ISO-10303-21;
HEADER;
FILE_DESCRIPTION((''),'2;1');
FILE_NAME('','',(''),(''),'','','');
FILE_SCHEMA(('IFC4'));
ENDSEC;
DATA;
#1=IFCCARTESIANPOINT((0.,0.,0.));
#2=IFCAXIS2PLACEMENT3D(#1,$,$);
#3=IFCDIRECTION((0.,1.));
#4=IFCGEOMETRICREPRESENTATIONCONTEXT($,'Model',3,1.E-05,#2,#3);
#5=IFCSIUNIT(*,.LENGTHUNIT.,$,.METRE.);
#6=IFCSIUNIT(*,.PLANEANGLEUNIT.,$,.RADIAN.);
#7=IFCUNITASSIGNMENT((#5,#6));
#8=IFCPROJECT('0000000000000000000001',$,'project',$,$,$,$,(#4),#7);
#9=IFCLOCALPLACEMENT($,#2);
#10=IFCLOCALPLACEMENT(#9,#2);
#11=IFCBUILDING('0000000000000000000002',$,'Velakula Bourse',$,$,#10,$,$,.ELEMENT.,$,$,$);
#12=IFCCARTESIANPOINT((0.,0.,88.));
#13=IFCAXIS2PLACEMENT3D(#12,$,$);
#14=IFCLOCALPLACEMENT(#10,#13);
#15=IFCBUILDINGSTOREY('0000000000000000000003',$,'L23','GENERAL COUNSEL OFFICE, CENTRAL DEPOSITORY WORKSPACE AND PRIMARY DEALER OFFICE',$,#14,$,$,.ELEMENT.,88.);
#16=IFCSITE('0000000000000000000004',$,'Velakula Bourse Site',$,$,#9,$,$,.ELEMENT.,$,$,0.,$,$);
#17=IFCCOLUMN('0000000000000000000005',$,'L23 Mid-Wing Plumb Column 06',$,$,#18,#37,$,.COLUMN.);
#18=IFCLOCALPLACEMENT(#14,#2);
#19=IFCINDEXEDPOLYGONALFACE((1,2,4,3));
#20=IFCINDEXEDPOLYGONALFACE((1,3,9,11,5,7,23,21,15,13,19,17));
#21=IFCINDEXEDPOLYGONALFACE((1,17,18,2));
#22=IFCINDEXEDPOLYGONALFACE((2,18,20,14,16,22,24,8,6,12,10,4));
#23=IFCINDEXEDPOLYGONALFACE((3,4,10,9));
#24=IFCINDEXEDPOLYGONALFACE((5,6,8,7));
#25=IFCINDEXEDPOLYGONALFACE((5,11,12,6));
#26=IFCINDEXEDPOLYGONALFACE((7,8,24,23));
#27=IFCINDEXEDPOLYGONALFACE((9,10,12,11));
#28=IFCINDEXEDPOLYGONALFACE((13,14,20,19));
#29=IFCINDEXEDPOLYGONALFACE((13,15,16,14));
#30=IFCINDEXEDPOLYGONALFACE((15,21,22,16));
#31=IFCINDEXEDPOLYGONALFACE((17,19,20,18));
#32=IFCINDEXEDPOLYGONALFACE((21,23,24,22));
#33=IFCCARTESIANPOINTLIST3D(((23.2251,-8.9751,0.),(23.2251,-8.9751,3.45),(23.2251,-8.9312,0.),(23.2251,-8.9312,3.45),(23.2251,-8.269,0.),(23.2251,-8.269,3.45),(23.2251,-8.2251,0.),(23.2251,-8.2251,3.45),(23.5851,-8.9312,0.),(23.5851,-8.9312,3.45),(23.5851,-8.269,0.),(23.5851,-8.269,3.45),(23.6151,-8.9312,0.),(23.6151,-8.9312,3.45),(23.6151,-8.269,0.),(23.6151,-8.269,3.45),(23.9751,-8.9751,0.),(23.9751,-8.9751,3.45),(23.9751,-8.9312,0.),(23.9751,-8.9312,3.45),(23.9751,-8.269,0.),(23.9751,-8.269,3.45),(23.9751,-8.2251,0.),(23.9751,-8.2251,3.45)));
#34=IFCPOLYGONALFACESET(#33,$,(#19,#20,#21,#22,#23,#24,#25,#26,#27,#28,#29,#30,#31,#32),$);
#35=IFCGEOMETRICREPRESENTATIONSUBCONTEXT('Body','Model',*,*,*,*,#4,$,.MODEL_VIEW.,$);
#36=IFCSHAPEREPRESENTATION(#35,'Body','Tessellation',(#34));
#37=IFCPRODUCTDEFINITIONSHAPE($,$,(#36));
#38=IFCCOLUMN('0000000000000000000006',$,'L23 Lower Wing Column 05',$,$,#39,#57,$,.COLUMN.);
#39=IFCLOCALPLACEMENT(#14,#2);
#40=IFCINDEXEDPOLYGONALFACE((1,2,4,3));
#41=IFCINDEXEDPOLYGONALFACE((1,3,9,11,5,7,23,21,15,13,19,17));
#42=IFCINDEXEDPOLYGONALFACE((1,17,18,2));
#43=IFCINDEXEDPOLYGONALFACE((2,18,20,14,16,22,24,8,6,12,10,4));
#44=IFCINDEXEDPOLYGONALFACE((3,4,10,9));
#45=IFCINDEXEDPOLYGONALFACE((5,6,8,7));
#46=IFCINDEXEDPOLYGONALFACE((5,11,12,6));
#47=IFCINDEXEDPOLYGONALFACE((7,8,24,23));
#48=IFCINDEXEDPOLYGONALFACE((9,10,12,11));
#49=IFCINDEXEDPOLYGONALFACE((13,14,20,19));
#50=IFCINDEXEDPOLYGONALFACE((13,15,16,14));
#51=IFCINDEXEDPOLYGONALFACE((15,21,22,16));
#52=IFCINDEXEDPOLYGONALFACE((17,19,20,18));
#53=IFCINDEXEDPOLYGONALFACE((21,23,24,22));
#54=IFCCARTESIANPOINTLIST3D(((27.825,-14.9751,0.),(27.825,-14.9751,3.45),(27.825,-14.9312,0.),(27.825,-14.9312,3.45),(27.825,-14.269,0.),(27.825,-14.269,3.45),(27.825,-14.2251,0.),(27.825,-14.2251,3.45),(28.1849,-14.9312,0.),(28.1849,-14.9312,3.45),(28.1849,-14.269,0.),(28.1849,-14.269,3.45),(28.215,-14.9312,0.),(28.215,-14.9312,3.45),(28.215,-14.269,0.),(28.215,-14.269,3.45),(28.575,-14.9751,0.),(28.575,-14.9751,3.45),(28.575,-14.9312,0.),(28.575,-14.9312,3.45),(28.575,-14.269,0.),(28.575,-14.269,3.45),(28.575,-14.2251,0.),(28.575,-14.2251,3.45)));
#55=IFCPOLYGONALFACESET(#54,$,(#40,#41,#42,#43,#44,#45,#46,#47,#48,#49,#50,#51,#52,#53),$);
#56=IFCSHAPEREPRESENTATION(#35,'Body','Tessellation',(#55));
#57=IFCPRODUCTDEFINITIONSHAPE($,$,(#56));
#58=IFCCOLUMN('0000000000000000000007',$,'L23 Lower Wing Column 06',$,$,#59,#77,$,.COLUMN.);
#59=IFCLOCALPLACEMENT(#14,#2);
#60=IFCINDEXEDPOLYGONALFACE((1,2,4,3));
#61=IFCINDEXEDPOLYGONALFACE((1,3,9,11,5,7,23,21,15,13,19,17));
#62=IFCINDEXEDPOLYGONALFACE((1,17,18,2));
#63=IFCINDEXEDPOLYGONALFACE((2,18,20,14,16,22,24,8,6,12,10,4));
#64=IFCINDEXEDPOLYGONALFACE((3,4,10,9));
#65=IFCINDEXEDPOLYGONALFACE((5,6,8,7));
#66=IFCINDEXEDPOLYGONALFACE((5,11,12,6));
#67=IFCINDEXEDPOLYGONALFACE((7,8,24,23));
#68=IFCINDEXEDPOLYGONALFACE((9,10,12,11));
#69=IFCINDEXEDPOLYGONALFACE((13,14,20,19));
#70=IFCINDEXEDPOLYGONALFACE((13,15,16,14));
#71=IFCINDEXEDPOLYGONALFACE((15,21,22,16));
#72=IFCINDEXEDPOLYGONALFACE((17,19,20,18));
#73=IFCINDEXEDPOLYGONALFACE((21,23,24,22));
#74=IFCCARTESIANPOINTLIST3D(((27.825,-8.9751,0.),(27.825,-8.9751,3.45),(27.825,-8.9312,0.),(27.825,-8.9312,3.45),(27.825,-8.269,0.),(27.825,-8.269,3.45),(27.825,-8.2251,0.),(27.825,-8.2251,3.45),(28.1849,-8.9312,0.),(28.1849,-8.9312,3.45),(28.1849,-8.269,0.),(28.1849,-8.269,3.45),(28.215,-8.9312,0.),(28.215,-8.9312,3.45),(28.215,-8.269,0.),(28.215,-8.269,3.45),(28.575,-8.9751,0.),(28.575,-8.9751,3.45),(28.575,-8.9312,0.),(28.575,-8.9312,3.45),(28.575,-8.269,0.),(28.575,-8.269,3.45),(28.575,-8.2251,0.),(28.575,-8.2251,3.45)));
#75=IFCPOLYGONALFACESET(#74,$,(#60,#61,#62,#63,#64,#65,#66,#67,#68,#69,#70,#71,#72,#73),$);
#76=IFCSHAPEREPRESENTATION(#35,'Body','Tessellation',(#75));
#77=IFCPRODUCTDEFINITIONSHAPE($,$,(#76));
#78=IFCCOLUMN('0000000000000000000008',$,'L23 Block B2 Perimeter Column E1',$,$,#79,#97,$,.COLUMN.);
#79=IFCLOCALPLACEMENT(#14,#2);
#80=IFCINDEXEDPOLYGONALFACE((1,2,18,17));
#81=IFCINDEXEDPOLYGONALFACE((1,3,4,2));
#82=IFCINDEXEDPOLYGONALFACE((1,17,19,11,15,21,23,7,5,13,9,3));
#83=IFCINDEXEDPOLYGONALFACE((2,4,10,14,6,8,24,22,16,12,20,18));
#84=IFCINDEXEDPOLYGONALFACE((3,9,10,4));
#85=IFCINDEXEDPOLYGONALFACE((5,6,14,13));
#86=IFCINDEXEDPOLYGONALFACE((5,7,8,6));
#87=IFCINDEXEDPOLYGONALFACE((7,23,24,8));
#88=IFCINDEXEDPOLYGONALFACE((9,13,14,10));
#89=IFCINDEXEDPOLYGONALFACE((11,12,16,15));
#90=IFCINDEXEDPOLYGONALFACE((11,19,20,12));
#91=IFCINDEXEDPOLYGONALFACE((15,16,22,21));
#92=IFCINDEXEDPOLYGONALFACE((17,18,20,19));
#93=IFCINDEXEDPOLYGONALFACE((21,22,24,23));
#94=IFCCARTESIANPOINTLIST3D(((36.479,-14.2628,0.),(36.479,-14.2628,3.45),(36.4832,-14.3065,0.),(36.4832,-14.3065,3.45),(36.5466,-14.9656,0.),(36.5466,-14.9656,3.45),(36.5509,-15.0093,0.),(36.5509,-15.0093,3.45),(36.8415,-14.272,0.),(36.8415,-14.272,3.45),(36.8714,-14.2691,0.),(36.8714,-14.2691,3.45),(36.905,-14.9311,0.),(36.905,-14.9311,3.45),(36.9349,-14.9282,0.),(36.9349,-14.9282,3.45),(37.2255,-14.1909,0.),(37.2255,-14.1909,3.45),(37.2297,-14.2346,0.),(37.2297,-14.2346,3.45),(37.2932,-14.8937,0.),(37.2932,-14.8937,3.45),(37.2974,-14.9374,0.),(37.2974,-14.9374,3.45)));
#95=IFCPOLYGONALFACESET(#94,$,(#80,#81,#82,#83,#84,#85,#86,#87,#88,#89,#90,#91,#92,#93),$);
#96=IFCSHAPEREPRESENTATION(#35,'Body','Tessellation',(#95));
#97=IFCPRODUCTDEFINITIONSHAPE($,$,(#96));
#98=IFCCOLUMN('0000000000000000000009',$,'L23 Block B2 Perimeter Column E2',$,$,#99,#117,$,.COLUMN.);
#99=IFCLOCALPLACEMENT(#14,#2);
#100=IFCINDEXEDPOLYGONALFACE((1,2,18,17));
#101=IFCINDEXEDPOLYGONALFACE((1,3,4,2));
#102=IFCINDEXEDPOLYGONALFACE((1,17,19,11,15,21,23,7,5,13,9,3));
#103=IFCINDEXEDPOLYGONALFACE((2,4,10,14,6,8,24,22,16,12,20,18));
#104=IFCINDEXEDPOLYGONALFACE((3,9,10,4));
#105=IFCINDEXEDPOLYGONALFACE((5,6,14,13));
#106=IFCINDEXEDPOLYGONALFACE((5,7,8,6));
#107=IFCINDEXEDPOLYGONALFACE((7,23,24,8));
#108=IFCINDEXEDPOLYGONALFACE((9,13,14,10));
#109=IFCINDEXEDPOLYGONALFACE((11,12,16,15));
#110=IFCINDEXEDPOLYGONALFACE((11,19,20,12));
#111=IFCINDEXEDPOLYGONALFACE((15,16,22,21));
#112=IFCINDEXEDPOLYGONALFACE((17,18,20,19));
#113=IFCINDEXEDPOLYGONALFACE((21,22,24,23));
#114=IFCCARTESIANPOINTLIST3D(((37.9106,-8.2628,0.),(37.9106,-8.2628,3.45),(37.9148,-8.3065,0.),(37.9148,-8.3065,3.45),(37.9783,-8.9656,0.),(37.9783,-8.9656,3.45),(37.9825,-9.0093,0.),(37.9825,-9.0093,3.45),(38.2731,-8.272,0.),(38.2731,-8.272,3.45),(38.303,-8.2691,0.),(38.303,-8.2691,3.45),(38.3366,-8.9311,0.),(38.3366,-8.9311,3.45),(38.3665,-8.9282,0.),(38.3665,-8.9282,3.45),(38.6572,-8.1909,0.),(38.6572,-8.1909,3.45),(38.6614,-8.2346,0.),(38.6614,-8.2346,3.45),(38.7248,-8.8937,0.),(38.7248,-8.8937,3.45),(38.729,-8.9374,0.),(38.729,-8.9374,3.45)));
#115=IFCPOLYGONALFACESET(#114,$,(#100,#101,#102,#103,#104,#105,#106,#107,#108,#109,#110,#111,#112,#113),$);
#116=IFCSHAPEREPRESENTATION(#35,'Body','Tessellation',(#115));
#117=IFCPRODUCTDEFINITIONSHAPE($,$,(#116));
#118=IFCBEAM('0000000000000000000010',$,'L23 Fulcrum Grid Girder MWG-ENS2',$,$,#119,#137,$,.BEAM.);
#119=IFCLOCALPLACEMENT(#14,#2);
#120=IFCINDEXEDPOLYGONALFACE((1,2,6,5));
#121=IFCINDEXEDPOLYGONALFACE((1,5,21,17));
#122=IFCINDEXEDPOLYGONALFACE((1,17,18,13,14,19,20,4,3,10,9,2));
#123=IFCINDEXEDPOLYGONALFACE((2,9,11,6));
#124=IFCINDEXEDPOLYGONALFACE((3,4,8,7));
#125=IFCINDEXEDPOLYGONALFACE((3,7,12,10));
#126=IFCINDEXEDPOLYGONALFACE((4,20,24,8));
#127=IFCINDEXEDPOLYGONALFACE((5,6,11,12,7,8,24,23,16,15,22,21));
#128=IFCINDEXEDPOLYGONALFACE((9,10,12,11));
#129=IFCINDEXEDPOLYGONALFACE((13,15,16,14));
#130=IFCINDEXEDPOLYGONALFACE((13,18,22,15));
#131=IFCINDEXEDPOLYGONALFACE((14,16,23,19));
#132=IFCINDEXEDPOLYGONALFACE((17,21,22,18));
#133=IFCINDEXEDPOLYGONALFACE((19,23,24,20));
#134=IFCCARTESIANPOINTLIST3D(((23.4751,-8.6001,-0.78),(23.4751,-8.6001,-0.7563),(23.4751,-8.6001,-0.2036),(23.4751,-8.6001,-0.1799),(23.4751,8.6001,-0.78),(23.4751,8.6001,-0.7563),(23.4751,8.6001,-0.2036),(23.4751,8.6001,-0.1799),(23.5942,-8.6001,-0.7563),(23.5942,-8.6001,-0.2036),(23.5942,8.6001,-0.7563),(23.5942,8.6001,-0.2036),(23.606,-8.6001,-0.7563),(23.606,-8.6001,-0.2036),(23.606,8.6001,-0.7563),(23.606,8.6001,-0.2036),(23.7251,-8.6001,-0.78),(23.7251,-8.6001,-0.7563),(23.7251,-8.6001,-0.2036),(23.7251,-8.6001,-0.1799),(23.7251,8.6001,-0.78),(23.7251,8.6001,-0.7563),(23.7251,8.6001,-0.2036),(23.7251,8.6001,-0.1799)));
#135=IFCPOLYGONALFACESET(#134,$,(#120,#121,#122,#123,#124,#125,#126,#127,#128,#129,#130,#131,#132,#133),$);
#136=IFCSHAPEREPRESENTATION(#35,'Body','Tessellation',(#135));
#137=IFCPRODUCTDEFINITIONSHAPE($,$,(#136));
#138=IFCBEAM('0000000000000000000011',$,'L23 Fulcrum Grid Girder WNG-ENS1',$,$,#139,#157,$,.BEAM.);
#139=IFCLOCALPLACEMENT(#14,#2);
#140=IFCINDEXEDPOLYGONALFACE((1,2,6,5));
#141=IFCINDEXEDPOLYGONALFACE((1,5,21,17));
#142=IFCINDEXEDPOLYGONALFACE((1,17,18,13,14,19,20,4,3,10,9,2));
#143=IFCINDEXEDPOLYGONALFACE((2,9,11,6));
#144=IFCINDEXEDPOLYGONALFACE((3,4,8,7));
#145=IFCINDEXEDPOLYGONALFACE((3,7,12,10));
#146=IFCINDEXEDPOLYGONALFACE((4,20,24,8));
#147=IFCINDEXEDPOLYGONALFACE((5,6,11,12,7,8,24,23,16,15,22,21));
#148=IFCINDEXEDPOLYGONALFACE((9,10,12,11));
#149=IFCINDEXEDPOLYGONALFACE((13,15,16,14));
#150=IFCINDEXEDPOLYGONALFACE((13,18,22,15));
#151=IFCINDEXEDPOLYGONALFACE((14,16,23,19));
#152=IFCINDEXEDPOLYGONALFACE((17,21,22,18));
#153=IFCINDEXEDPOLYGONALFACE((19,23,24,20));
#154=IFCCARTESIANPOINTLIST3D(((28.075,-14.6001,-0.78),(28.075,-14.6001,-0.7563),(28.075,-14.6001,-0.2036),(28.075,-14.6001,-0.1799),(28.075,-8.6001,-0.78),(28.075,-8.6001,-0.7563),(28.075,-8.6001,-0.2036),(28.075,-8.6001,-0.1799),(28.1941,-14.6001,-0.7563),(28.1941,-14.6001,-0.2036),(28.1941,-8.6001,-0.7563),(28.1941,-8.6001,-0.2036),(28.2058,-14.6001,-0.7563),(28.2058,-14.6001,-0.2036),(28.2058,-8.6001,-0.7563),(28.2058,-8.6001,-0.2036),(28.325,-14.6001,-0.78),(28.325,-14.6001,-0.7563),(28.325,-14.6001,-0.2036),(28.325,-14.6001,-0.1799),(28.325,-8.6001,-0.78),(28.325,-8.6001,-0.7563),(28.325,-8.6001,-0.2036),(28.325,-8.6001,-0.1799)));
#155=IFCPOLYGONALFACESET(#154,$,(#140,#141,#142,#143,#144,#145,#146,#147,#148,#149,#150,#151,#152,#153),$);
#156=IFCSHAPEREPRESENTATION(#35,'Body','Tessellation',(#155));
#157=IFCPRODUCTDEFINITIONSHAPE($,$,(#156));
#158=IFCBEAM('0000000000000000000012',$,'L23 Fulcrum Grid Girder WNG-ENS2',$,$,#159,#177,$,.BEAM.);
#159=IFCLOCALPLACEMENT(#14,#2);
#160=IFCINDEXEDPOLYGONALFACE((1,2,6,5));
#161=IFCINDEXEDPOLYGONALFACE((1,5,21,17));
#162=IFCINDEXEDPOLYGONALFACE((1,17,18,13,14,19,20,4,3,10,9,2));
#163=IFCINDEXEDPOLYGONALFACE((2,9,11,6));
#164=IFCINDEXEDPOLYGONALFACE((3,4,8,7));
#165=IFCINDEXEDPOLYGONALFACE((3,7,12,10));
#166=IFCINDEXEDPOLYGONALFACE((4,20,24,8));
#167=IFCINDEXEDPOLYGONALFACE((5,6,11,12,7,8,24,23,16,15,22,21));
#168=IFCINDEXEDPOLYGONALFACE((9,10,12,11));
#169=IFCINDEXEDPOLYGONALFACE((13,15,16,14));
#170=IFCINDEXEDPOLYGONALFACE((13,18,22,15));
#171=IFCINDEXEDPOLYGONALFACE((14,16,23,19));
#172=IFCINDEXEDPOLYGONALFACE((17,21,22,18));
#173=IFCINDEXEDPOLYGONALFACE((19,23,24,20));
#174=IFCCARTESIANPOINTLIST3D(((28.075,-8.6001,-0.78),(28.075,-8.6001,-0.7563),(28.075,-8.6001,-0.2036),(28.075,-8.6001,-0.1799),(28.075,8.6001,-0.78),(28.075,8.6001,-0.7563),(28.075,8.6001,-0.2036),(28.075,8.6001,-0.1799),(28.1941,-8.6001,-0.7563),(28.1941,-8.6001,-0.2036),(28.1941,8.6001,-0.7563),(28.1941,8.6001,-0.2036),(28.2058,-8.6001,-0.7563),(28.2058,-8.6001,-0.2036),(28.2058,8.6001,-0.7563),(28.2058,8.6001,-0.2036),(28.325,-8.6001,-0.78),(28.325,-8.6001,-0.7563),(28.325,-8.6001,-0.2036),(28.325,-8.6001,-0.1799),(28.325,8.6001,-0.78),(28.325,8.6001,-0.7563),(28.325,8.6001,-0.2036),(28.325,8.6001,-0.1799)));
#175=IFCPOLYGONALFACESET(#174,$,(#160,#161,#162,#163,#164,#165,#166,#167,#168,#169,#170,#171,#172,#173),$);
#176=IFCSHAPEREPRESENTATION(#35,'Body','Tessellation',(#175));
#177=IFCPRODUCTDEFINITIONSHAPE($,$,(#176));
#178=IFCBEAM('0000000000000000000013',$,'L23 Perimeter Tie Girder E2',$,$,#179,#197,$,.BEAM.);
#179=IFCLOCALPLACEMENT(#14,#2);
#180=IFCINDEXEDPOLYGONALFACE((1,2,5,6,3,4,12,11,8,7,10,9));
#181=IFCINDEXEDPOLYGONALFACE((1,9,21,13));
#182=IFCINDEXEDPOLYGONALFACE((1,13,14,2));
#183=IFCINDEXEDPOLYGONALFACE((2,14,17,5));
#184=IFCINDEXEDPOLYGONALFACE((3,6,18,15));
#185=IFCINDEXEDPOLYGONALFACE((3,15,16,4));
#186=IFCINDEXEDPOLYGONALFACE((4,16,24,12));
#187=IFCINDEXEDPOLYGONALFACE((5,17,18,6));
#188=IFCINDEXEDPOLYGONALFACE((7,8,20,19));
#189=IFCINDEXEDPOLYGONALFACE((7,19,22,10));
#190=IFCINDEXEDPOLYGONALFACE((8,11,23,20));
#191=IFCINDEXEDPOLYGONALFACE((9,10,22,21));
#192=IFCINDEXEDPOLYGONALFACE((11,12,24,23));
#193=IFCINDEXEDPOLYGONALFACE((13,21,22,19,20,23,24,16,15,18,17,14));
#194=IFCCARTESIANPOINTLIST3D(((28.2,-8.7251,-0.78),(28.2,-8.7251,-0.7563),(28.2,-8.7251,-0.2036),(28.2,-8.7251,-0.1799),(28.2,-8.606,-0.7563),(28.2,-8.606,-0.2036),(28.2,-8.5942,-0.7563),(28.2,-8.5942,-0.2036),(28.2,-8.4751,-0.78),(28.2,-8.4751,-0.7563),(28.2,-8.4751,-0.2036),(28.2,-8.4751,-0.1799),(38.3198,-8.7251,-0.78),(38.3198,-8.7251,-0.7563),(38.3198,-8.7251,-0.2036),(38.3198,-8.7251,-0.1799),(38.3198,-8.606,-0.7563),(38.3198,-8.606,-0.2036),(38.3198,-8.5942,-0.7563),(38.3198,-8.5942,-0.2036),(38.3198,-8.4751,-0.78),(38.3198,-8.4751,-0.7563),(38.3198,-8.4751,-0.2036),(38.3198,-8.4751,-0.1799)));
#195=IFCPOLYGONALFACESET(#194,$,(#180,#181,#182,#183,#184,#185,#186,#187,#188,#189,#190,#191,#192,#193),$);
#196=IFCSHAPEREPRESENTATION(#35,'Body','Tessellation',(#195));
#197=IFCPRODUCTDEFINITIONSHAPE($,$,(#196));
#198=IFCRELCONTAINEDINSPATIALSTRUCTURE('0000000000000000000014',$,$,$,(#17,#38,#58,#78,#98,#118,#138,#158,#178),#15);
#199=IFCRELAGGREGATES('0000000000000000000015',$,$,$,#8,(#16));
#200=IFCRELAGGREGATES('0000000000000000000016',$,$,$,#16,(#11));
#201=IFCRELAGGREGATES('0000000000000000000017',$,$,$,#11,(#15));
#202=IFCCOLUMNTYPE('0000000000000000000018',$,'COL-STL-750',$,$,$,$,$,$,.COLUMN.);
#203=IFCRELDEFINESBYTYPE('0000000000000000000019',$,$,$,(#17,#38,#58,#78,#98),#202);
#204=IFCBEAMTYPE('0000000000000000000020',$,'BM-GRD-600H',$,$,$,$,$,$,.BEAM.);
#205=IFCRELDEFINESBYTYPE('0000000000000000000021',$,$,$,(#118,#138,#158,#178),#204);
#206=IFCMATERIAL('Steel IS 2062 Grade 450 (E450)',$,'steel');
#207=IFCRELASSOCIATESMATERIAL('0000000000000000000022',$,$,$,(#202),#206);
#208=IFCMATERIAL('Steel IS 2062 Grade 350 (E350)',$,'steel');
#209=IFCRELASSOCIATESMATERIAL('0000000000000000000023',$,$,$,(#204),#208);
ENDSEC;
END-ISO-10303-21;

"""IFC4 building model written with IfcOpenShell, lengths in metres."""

from ifc_helpers import new_model, si_unit, direction, frame, origin, origin_2d, place, context, subcontext, project, spatial, i_section, extrude, material, material_profile, profile_set, type_object, element, save


model = new_model("IFC4")

# Units and contexts
model_context = context("Model", 3, precision=1e-05, world=origin(), true_north=direction((0.0, 1.0)))
body_context = subcontext(model_context, "Body", "Model", "MODEL_VIEW")
ifc_project = project(units=[si_unit("LENGTHUNIT", "METRE"), si_unit("PLANEANGLEUNIT", "RADIAN")], contexts=[model_context])

# Site, building, storey
site_placement = place(None, origin())
site = spatial("IfcSite", under=ifc_project, at=site_placement, Name="Velakula Bourse Site", CompositionType="ELEMENT", RefElevation=0.0)
building_placement = place(site_placement, origin())
building = spatial("IfcBuilding", under=site, at=building_placement, Name="Velakula Bourse", CompositionType="ELEMENT")
storey_placement = place(building_placement, frame((0.0, 0.0, 88.0)))
storey = spatial("IfcBuildingStorey", under=building, at=storey_placement, Name="L23", Description="GENERAL COUNSEL OFFICE, CENTRAL DEPOSITORY WORKSPACE AND PRIMARY DEALER OFFICE", CompositionType="ELEMENT", Elevation=88.0)

# Columns
ifc_material_1 = material(Name="Steel IS 2062 Grade 450 (E450)", Category="steel")
ifc_material_profile_1 = material_profile(ifc_material_1, i_section(OverallWidth=0.75, OverallDepth=0.75, WebThickness=0.03, FlangeThickness=0.0439, at=origin_2d()), Name="Steel IS 2062 Grade 450 (E450)")
ifc_profile_set_1 = profile_set([ifc_material_profile_1], Name="Steel IS 2062 Grade 450 (E450)")
column_type = type_object("IfcColumnType", Name="COL-STL-750", PredefinedType="COLUMN", material=ifc_profile_set_1)
for number, where, z_axis, x_axis, name in (
    (1, (23.6001, -8.6001, 0.0), (0.0, 0.0, 1.0), (1.0, 0.0, 0.0), "L23 Mid-Wing Plumb Column 06"),
    (2, (28.2, -14.6001, 0.0), (0.0, 0.0, 1.0), (1.0, 0.0, 0.0), "L23 Lower Wing Column 05"),
    (3, (28.2, -8.6001, 0.0), (0.0, 0.0, 1.0), (1.0, 0.0, 0.0), "L23 Lower Wing Column 06"),
    (4, (36.8882, -14.6001, 0.0), (0.0, 0.0, 1.0), (0.995396, 0.095846, 0.0), "L23 Block B2 Perimeter Column E1"),
    (5, (38.3198, -8.6001, 0.0), (0.0, 0.0, 1.0), (0.995396, 0.095846, 0.0), "L23 Block B2 Perimeter Column E2"),
):
    element("IfcColumn", number, at=place(storey_placement, frame(where, z_axis=z_axis, x_axis=x_axis)), inside=storey, type_object=column_type, Name=name, PredefinedType="COLUMN", context=body_context, shape_type="SweptSolid", body=[
        extrude(i_section(OverallWidth=0.75, OverallDepth=0.75, WebThickness=0.03, FlangeThickness=0.0439, at=origin_2d()), origin(), (0.0, 0.0, 1.0), 3.45),
    ])

# Beams
ifc_material_2 = material(Name="Steel IS 2062 Grade 350 (E350)", Category="steel")
ifc_material_profile_2 = material_profile(ifc_material_2, i_section(OverallWidth=0.25, OverallDepth=0.6001, WebThickness=0.0117, FlangeThickness=0.0237, at=origin_2d()), Name="Steel IS 2062 Grade 350 (E350)")
ifc_profile_set_2 = profile_set([ifc_material_profile_2], Name="Steel IS 2062 Grade 350 (E350)")
beam_type_1 = type_object("IfcBeamType", Name="BM-GRD-600H", PredefinedType="BEAM", material=ifc_profile_set_2)
beam_1_placement = place(storey_placement, frame((23.6001, -8.6001, -0.48), z_axis=(0.0, 1.0, 0.0), x_axis=(-1.0, 0.0, 0.0)))
element("IfcBeam", 6, at=beam_1_placement, inside=storey, type_object=beam_type_1, Name="L23 Fulcrum Grid Girder MWG-ENS2", PredefinedType="BEAM", context=body_context, shape_type="SweptSolid", body=[
    extrude(i_section(OverallWidth=0.25, OverallDepth=0.6001, WebThickness=0.0117, FlangeThickness=0.0237, at=origin_2d()), origin(), (0.0, 0.0, 1.0), 17.2002),
])
beam_2_placement = place(storey_placement, frame((28.2, -14.6001, -0.48), z_axis=(0.0, 1.0, 0.0), x_axis=(-1.0, 0.0, 0.0)))
element("IfcBeam", 7, at=beam_2_placement, inside=storey, type_object=beam_type_1, Name="L23 Fulcrum Grid Girder WNG-ENS1", PredefinedType="BEAM", context=body_context, shape_type="SweptSolid", body=[
    extrude(i_section(OverallWidth=0.25, OverallDepth=0.6001, WebThickness=0.0117, FlangeThickness=0.0237, at=origin_2d()), origin(), (0.0, 0.0, 1.0), 6.0),
])
beam_3_placement = place(storey_placement, frame((28.2, -8.6001, -0.48), z_axis=(0.0, 1.0, 0.0), x_axis=(-1.0, 0.0, 0.0)))
element("IfcBeam", 8, at=beam_3_placement, inside=storey, type_object=beam_type_1, Name="L23 Fulcrum Grid Girder WNG-ENS2", PredefinedType="BEAM", context=body_context, shape_type="SweptSolid", body=[
    extrude(i_section(OverallWidth=0.25, OverallDepth=0.6001, WebThickness=0.0117, FlangeThickness=0.0237, at=origin_2d()), origin(), (0.0, 0.0, 1.0), 17.2002),
])
beam_4_placement = place(storey_placement, frame((28.2, -8.6001, -0.48), z_axis=(1.0, 0.0, 0.0), x_axis=(0.0, 1.0, 0.0)))
element("IfcBeam", 9, at=beam_4_placement, inside=storey, type_object=beam_type_1, Name="L23 Perimeter Tie Girder E2", PredefinedType="BEAM", context=body_context, shape_type="SweptSolid", body=[
    extrude(i_section(OverallWidth=0.25, OverallDepth=0.6001, WebThickness=0.0117, FlangeThickness=0.0237, at=origin_2d()), origin(), (0.0, 0.0, 1.0), 10.1199),
])

save(model, "model.ifc")
